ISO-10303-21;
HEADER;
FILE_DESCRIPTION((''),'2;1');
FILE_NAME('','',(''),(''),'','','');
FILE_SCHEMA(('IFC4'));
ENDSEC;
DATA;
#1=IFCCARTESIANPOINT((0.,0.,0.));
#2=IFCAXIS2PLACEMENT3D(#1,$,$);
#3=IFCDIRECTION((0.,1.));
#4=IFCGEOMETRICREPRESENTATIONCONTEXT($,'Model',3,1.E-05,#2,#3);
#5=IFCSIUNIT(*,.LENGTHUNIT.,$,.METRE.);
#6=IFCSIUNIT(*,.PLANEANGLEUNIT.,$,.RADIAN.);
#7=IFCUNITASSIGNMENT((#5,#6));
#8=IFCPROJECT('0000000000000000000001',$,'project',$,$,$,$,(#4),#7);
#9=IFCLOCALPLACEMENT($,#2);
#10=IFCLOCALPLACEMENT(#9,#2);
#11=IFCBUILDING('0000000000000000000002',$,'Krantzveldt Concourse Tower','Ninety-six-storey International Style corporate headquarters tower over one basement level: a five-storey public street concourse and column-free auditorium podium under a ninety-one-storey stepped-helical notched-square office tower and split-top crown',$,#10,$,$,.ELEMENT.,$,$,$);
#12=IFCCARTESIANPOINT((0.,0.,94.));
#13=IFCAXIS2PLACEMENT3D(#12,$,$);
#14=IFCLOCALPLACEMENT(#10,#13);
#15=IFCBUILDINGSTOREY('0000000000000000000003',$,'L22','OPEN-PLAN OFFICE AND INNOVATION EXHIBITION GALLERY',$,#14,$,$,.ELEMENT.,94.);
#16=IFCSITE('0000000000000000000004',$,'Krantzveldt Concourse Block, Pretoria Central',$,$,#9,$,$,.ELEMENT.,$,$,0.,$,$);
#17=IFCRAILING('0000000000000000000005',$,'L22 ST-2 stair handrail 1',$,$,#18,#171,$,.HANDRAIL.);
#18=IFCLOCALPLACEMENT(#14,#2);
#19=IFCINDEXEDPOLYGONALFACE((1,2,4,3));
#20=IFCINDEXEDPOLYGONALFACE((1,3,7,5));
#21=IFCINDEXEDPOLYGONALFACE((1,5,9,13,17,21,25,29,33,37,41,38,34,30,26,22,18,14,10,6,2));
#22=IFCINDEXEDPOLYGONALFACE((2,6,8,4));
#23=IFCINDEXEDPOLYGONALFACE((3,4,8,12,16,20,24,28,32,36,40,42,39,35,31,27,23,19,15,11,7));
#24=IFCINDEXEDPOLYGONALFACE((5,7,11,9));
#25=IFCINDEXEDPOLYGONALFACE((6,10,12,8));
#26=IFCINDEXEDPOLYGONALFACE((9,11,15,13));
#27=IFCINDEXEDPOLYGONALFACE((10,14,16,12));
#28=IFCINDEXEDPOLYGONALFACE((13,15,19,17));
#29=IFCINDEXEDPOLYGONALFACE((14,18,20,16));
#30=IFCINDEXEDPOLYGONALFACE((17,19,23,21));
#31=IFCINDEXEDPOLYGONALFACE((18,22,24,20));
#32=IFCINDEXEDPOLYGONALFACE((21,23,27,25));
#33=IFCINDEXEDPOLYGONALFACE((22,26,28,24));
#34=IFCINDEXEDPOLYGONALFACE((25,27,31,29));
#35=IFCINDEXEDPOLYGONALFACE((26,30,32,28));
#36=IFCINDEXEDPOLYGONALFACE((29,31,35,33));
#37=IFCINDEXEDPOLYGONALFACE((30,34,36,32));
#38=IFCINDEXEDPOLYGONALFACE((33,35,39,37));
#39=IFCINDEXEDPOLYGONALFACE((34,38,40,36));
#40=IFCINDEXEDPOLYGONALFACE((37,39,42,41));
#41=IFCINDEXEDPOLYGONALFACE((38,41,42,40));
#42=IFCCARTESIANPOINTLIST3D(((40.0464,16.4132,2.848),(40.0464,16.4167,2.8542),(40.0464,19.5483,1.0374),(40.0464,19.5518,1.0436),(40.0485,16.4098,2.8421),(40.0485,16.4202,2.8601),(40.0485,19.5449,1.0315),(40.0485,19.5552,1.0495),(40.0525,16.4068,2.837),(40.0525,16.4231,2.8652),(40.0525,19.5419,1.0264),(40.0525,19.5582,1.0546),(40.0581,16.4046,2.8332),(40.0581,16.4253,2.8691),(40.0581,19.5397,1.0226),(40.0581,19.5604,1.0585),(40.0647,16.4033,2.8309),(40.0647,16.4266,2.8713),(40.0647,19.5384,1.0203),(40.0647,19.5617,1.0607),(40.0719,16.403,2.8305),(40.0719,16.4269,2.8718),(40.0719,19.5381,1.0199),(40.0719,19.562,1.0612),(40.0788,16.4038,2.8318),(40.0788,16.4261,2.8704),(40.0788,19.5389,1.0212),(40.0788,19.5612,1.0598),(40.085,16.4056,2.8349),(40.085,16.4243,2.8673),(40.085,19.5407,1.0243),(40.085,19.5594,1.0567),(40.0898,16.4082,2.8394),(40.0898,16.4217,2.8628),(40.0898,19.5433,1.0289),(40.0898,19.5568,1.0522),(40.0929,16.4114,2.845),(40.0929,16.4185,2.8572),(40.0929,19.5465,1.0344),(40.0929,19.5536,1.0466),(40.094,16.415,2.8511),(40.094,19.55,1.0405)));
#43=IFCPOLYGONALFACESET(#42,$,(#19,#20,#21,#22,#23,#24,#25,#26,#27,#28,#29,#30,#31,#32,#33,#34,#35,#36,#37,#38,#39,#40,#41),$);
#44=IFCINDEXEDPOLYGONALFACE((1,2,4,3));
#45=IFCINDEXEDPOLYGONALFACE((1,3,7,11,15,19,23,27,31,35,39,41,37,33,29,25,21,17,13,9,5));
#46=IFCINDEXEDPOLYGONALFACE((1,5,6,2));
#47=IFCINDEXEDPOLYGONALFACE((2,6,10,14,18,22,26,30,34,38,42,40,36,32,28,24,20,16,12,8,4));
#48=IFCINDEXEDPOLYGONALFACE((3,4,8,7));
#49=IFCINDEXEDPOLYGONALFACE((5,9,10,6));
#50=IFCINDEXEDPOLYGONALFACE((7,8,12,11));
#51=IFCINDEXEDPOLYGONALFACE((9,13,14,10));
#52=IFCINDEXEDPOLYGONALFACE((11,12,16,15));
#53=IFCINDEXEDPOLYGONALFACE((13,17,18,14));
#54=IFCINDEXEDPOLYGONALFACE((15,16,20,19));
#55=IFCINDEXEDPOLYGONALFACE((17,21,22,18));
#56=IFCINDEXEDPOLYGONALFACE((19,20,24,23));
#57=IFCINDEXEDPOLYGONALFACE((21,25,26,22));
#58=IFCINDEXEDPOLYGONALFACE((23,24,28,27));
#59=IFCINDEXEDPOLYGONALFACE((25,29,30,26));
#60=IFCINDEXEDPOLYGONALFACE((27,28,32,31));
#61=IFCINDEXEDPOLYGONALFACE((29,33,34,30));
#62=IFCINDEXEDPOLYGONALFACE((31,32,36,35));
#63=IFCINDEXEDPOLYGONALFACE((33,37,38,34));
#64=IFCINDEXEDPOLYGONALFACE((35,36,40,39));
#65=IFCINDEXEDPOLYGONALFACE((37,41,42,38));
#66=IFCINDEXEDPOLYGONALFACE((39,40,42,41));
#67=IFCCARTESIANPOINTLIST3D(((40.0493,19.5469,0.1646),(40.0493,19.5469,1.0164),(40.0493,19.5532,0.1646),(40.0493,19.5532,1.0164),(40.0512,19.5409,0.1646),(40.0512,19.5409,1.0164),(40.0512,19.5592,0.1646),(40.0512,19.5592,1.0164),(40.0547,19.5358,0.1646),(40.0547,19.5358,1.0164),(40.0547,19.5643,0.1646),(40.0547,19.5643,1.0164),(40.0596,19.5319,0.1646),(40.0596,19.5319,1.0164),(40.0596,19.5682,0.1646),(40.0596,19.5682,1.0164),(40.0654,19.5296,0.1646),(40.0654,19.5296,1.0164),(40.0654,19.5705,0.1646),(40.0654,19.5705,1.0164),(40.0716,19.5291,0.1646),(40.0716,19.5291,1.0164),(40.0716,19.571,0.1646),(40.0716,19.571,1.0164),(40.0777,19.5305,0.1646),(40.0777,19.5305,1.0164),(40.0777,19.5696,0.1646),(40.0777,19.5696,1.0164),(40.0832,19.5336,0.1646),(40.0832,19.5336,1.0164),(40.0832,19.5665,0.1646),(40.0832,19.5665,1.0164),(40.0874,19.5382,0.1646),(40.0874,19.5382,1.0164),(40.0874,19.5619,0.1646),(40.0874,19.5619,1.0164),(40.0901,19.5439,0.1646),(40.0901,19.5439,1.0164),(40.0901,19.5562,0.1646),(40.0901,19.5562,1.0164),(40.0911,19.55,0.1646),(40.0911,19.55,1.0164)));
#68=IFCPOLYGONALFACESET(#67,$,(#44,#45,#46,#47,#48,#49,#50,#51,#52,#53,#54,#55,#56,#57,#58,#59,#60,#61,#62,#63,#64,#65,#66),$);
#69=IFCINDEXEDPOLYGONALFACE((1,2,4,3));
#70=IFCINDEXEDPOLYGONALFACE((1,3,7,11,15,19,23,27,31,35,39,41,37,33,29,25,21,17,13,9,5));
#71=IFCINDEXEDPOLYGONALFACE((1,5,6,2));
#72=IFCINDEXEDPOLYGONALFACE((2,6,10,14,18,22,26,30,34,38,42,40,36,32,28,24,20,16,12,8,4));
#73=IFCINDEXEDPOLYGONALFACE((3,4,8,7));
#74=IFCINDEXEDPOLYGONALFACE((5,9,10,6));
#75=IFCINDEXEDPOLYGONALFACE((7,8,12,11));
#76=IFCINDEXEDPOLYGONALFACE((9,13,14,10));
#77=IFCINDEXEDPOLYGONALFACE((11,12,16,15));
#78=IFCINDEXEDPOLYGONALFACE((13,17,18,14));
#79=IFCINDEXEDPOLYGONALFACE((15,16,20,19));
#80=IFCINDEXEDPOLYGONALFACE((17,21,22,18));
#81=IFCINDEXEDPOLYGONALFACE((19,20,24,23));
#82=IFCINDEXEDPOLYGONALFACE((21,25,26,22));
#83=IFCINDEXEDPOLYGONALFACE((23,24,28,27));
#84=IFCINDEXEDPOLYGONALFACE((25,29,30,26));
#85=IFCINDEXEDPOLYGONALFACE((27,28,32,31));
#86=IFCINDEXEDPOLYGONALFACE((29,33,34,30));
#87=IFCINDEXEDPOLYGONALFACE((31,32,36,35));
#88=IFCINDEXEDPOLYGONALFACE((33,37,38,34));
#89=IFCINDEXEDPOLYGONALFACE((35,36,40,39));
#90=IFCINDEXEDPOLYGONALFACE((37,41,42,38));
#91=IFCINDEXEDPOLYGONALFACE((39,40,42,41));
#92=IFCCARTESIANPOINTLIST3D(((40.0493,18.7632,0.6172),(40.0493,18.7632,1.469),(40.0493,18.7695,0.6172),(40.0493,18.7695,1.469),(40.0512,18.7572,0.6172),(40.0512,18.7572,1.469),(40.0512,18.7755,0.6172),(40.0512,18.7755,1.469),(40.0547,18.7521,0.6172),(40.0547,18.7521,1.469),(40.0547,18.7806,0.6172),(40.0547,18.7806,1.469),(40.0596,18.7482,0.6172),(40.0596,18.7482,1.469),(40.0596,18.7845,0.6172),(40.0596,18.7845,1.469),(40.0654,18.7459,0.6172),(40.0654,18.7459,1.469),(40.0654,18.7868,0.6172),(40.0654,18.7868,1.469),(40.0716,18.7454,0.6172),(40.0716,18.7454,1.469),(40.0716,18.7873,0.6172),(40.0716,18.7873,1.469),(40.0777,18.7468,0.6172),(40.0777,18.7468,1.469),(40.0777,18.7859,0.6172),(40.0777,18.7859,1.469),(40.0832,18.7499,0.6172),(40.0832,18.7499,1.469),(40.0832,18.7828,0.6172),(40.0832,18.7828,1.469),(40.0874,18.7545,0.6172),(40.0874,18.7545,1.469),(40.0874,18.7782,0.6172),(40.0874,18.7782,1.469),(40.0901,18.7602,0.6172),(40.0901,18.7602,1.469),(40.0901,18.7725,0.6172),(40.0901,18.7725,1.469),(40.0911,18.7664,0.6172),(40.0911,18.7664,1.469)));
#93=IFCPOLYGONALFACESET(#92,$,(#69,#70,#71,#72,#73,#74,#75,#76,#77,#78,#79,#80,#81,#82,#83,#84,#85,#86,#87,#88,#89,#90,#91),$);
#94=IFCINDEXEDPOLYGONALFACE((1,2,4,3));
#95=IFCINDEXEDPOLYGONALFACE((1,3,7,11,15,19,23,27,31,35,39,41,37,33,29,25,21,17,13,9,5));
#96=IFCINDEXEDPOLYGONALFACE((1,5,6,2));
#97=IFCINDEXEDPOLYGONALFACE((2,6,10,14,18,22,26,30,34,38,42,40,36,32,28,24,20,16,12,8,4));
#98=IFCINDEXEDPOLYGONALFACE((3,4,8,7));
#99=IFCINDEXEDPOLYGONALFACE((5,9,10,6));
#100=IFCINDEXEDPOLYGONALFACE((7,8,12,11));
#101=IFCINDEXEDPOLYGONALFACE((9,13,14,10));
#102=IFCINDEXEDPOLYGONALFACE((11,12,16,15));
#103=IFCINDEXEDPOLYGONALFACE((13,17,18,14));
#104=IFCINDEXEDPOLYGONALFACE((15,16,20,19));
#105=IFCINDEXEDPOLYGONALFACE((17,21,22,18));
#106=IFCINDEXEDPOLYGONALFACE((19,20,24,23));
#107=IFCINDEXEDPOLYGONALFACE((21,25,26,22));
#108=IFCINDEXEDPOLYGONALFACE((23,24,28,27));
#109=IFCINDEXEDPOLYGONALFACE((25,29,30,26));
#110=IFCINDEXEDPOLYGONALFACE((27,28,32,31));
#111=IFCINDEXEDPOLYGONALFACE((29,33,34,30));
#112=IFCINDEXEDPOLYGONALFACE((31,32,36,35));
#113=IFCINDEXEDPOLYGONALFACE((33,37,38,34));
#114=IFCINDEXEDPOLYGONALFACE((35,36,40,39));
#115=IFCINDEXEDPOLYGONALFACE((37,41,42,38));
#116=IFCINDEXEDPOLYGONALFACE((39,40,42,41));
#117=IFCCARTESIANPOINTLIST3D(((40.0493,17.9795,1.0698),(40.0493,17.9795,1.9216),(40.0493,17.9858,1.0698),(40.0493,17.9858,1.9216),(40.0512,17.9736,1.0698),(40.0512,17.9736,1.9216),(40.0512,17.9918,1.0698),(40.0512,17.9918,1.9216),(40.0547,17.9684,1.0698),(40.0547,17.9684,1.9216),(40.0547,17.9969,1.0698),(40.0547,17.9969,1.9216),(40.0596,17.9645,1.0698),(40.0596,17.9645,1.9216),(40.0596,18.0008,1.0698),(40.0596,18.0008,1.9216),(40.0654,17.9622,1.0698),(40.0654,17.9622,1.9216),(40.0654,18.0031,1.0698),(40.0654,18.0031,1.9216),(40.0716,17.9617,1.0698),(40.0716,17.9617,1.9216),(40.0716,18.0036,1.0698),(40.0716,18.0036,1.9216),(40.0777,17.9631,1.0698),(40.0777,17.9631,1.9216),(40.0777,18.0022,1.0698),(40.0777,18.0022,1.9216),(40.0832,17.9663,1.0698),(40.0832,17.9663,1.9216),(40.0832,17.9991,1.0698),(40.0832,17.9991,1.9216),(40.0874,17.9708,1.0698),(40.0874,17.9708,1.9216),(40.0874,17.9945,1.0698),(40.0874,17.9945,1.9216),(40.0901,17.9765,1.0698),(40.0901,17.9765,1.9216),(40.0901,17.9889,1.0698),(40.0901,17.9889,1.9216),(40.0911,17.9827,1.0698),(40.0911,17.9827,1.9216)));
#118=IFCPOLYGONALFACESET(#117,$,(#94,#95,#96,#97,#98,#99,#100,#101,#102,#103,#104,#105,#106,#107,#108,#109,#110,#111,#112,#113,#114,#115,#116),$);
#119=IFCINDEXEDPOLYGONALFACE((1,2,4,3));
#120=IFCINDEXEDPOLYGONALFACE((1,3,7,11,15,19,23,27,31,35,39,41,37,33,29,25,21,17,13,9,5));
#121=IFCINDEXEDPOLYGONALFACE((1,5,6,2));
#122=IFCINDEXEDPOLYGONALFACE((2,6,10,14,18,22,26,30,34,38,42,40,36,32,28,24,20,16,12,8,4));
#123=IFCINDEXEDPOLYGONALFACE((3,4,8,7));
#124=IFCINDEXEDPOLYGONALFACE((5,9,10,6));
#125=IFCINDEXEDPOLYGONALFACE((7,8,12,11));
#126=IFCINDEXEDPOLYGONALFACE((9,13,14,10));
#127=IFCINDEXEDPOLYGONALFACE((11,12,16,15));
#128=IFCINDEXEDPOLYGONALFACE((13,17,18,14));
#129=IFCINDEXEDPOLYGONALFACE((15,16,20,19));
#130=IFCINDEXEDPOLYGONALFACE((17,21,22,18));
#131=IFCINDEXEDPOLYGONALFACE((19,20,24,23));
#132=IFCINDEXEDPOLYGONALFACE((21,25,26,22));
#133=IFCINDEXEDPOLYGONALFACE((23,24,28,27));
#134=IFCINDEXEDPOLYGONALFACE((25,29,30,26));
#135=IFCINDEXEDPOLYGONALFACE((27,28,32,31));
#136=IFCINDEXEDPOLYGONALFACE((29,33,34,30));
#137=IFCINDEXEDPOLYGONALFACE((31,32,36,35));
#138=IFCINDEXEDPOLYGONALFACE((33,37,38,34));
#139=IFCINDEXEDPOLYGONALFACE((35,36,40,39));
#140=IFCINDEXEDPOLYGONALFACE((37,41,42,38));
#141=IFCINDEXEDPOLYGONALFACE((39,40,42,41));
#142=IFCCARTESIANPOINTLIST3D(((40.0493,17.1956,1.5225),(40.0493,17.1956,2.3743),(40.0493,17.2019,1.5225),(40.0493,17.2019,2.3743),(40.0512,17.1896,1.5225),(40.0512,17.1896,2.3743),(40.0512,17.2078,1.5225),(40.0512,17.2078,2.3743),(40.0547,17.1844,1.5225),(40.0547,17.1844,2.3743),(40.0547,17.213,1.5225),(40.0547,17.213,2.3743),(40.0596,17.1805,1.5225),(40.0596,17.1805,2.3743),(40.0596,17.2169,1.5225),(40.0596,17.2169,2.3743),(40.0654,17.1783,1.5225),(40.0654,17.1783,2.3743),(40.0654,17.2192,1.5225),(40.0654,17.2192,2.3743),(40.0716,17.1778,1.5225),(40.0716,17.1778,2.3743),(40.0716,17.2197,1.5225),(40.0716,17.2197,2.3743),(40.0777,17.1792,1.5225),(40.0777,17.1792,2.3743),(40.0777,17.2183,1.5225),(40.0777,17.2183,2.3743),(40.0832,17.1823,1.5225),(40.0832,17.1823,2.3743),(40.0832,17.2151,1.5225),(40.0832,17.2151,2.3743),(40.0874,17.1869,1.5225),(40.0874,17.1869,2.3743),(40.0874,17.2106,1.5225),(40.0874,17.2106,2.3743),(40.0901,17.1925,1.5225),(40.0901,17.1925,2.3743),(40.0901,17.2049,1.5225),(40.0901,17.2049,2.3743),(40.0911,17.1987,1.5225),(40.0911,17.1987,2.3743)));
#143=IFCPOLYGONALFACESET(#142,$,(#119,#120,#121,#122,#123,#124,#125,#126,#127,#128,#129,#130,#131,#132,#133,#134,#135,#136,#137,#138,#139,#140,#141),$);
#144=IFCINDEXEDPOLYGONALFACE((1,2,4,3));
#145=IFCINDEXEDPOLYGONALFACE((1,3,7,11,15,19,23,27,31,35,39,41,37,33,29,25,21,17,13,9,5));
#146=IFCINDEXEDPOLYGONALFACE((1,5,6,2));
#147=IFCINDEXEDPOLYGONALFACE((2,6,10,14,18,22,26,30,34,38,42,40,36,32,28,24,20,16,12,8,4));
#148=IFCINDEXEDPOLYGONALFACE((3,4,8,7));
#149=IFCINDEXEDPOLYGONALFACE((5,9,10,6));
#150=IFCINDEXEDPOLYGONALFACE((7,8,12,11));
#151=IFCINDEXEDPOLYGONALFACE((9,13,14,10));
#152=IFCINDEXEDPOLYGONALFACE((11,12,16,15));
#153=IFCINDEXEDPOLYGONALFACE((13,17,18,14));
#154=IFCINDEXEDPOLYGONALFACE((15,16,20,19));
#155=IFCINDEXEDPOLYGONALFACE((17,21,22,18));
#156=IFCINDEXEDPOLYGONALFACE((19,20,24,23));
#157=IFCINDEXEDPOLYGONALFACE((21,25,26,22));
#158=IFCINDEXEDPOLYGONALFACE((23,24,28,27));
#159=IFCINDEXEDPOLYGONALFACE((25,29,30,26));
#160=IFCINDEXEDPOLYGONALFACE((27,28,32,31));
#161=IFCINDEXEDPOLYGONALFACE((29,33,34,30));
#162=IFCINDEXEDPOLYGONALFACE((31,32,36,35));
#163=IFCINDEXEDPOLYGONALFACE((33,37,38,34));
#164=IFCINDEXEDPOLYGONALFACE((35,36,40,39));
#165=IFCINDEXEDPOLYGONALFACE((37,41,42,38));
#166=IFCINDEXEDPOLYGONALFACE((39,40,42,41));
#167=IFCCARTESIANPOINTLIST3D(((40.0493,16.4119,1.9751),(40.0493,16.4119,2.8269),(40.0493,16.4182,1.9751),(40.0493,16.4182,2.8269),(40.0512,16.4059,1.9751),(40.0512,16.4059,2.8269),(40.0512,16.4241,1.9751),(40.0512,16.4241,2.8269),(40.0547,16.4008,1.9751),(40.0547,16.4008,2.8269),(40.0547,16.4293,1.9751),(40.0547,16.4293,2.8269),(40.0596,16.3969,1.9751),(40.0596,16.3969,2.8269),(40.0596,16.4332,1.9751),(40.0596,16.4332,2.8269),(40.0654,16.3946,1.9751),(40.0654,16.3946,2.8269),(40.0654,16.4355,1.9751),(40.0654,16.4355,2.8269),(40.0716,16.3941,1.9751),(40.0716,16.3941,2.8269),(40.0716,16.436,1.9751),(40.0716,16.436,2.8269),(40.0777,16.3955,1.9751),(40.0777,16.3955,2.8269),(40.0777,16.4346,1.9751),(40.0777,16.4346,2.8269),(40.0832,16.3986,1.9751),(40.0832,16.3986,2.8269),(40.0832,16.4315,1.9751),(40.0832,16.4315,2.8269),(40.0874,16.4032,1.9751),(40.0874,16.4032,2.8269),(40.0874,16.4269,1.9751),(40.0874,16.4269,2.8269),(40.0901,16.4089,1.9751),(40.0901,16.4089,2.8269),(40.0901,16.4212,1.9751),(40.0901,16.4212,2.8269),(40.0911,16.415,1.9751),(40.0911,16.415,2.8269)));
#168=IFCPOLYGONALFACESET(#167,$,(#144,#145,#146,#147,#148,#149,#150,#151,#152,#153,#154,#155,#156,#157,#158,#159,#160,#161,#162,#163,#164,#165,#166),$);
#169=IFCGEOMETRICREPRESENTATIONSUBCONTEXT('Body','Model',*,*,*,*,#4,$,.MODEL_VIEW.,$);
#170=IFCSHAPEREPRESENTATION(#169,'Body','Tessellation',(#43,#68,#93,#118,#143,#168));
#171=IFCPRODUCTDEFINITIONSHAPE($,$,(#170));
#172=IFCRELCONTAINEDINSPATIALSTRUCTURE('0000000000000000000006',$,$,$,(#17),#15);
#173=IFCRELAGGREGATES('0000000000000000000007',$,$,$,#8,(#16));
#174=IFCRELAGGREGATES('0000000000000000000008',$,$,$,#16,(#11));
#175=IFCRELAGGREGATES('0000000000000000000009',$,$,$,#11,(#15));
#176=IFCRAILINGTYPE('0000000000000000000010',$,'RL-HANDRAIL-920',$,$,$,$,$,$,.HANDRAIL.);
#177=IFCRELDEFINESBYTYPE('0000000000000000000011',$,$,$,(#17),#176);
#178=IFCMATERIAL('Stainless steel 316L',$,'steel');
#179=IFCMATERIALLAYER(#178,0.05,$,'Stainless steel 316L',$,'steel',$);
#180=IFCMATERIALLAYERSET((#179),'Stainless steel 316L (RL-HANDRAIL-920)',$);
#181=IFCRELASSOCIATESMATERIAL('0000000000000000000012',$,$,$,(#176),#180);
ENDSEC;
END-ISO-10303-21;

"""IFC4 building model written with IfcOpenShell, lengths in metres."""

from ifc_helpers import new_model, si_unit, direction, frame, origin, origin_2d, place, context, subcontext, project, spatial, circle, extrude, material, layer, layer_set, type_object, element, save


model = new_model("IFC4")

# Units and contexts
model_context = context("Model", 3, precision=1e-05, world=origin(), true_north=direction((0.0, 1.0)))
body_context = subcontext(model_context, "Body", "Model", "MODEL_VIEW")
ifc_project = project(units=[si_unit("LENGTHUNIT", "METRE"), si_unit("PLANEANGLEUNIT", "RADIAN")], contexts=[model_context])

# Site, building, storey
site_placement = place(None, origin())
site = spatial("IfcSite", under=ifc_project, at=site_placement, Name="Krantzveldt Concourse Block, Pretoria Central", CompositionType="ELEMENT", RefElevation=0.0)
building_placement = place(site_placement, origin())
building = spatial("IfcBuilding", under=site, at=building_placement, Name="Krantzveldt Concourse Tower", Description="Ninety-six-storey International Style corporate headquarters tower over one basement level: a five-storey public street concourse and column-free auditorium podium under a ninety-one-storey stepped-helical notched-square office tower and split-top crown", CompositionType="ELEMENT")
storey_placement = place(building_placement, frame((0.0, 0.0, 94.0)))
storey = spatial("IfcBuildingStorey", under=building, at=storey_placement, Name="L22", Description="OPEN-PLAN OFFICE AND INNOVATION EXHIBITION GALLERY", CompositionType="ELEMENT", Elevation=94.0)

# Shared definitions
ifc_material_1 = material(Name="Stainless steel 316L", Category="steel")

# Railing
ifc_layer_1 = layer(ifc_material_1, 0.05, Name="Stainless steel 316L", Category="steel")
ifc_layer_set_1 = layer_set([ifc_layer_1], Name="Stainless steel 316L (RL-HANDRAIL-920)")
railing_type_1 = type_object("IfcRailingType", Name="RL-HANDRAIL-920", PredefinedType="HANDRAIL", material=ifc_layer_set_1)
railing_1_placement = place(storey_placement, frame((40.0701, 19.55, 0.1646)))
element("IfcRailing", 1, at=railing_1_placement, inside=storey, type_object=railing_type_1, Name="L22 ST-2 stair handrail 1", PredefinedType="HANDRAIL", context=body_context, shape_type="SweptSolid", body=[
    extrude(circle(Radius=0.0239, at=origin_2d()), frame((0.0, 0.0, 0.876), z_axis=(0.0, -0.86596, 0.500114), x_axis=(1.0, 0.0, 0.0)), (0.0, 0.0, 1.0), 3.6204),
    extrude(circle(Radius=0.021, at=origin_2d()), origin(), (0.0, 0.0, 1.0), 0.8518),
    extrude(circle(Radius=0.021, at=origin_2d()), frame((0.0, -0.7837, 0.4526)), (0.0, 0.0, 1.0), 0.8518),
    extrude(circle(Radius=0.021, at=origin_2d()), frame((0.0, -1.5674, 0.9053)), (0.0, 0.0, 1.0), 0.8518),
    extrude(circle(Radius=0.021, at=origin_2d()), frame((0.0, -2.3513, 1.3579)), (0.0, 0.0, 1.0), 0.8518),
    extrude(circle(Radius=0.021, at=origin_2d()), frame((0.0, -3.135, 1.8105)), (0.0, 0.0, 1.0), 0.8518),
])

save(model, "model.ifc")
